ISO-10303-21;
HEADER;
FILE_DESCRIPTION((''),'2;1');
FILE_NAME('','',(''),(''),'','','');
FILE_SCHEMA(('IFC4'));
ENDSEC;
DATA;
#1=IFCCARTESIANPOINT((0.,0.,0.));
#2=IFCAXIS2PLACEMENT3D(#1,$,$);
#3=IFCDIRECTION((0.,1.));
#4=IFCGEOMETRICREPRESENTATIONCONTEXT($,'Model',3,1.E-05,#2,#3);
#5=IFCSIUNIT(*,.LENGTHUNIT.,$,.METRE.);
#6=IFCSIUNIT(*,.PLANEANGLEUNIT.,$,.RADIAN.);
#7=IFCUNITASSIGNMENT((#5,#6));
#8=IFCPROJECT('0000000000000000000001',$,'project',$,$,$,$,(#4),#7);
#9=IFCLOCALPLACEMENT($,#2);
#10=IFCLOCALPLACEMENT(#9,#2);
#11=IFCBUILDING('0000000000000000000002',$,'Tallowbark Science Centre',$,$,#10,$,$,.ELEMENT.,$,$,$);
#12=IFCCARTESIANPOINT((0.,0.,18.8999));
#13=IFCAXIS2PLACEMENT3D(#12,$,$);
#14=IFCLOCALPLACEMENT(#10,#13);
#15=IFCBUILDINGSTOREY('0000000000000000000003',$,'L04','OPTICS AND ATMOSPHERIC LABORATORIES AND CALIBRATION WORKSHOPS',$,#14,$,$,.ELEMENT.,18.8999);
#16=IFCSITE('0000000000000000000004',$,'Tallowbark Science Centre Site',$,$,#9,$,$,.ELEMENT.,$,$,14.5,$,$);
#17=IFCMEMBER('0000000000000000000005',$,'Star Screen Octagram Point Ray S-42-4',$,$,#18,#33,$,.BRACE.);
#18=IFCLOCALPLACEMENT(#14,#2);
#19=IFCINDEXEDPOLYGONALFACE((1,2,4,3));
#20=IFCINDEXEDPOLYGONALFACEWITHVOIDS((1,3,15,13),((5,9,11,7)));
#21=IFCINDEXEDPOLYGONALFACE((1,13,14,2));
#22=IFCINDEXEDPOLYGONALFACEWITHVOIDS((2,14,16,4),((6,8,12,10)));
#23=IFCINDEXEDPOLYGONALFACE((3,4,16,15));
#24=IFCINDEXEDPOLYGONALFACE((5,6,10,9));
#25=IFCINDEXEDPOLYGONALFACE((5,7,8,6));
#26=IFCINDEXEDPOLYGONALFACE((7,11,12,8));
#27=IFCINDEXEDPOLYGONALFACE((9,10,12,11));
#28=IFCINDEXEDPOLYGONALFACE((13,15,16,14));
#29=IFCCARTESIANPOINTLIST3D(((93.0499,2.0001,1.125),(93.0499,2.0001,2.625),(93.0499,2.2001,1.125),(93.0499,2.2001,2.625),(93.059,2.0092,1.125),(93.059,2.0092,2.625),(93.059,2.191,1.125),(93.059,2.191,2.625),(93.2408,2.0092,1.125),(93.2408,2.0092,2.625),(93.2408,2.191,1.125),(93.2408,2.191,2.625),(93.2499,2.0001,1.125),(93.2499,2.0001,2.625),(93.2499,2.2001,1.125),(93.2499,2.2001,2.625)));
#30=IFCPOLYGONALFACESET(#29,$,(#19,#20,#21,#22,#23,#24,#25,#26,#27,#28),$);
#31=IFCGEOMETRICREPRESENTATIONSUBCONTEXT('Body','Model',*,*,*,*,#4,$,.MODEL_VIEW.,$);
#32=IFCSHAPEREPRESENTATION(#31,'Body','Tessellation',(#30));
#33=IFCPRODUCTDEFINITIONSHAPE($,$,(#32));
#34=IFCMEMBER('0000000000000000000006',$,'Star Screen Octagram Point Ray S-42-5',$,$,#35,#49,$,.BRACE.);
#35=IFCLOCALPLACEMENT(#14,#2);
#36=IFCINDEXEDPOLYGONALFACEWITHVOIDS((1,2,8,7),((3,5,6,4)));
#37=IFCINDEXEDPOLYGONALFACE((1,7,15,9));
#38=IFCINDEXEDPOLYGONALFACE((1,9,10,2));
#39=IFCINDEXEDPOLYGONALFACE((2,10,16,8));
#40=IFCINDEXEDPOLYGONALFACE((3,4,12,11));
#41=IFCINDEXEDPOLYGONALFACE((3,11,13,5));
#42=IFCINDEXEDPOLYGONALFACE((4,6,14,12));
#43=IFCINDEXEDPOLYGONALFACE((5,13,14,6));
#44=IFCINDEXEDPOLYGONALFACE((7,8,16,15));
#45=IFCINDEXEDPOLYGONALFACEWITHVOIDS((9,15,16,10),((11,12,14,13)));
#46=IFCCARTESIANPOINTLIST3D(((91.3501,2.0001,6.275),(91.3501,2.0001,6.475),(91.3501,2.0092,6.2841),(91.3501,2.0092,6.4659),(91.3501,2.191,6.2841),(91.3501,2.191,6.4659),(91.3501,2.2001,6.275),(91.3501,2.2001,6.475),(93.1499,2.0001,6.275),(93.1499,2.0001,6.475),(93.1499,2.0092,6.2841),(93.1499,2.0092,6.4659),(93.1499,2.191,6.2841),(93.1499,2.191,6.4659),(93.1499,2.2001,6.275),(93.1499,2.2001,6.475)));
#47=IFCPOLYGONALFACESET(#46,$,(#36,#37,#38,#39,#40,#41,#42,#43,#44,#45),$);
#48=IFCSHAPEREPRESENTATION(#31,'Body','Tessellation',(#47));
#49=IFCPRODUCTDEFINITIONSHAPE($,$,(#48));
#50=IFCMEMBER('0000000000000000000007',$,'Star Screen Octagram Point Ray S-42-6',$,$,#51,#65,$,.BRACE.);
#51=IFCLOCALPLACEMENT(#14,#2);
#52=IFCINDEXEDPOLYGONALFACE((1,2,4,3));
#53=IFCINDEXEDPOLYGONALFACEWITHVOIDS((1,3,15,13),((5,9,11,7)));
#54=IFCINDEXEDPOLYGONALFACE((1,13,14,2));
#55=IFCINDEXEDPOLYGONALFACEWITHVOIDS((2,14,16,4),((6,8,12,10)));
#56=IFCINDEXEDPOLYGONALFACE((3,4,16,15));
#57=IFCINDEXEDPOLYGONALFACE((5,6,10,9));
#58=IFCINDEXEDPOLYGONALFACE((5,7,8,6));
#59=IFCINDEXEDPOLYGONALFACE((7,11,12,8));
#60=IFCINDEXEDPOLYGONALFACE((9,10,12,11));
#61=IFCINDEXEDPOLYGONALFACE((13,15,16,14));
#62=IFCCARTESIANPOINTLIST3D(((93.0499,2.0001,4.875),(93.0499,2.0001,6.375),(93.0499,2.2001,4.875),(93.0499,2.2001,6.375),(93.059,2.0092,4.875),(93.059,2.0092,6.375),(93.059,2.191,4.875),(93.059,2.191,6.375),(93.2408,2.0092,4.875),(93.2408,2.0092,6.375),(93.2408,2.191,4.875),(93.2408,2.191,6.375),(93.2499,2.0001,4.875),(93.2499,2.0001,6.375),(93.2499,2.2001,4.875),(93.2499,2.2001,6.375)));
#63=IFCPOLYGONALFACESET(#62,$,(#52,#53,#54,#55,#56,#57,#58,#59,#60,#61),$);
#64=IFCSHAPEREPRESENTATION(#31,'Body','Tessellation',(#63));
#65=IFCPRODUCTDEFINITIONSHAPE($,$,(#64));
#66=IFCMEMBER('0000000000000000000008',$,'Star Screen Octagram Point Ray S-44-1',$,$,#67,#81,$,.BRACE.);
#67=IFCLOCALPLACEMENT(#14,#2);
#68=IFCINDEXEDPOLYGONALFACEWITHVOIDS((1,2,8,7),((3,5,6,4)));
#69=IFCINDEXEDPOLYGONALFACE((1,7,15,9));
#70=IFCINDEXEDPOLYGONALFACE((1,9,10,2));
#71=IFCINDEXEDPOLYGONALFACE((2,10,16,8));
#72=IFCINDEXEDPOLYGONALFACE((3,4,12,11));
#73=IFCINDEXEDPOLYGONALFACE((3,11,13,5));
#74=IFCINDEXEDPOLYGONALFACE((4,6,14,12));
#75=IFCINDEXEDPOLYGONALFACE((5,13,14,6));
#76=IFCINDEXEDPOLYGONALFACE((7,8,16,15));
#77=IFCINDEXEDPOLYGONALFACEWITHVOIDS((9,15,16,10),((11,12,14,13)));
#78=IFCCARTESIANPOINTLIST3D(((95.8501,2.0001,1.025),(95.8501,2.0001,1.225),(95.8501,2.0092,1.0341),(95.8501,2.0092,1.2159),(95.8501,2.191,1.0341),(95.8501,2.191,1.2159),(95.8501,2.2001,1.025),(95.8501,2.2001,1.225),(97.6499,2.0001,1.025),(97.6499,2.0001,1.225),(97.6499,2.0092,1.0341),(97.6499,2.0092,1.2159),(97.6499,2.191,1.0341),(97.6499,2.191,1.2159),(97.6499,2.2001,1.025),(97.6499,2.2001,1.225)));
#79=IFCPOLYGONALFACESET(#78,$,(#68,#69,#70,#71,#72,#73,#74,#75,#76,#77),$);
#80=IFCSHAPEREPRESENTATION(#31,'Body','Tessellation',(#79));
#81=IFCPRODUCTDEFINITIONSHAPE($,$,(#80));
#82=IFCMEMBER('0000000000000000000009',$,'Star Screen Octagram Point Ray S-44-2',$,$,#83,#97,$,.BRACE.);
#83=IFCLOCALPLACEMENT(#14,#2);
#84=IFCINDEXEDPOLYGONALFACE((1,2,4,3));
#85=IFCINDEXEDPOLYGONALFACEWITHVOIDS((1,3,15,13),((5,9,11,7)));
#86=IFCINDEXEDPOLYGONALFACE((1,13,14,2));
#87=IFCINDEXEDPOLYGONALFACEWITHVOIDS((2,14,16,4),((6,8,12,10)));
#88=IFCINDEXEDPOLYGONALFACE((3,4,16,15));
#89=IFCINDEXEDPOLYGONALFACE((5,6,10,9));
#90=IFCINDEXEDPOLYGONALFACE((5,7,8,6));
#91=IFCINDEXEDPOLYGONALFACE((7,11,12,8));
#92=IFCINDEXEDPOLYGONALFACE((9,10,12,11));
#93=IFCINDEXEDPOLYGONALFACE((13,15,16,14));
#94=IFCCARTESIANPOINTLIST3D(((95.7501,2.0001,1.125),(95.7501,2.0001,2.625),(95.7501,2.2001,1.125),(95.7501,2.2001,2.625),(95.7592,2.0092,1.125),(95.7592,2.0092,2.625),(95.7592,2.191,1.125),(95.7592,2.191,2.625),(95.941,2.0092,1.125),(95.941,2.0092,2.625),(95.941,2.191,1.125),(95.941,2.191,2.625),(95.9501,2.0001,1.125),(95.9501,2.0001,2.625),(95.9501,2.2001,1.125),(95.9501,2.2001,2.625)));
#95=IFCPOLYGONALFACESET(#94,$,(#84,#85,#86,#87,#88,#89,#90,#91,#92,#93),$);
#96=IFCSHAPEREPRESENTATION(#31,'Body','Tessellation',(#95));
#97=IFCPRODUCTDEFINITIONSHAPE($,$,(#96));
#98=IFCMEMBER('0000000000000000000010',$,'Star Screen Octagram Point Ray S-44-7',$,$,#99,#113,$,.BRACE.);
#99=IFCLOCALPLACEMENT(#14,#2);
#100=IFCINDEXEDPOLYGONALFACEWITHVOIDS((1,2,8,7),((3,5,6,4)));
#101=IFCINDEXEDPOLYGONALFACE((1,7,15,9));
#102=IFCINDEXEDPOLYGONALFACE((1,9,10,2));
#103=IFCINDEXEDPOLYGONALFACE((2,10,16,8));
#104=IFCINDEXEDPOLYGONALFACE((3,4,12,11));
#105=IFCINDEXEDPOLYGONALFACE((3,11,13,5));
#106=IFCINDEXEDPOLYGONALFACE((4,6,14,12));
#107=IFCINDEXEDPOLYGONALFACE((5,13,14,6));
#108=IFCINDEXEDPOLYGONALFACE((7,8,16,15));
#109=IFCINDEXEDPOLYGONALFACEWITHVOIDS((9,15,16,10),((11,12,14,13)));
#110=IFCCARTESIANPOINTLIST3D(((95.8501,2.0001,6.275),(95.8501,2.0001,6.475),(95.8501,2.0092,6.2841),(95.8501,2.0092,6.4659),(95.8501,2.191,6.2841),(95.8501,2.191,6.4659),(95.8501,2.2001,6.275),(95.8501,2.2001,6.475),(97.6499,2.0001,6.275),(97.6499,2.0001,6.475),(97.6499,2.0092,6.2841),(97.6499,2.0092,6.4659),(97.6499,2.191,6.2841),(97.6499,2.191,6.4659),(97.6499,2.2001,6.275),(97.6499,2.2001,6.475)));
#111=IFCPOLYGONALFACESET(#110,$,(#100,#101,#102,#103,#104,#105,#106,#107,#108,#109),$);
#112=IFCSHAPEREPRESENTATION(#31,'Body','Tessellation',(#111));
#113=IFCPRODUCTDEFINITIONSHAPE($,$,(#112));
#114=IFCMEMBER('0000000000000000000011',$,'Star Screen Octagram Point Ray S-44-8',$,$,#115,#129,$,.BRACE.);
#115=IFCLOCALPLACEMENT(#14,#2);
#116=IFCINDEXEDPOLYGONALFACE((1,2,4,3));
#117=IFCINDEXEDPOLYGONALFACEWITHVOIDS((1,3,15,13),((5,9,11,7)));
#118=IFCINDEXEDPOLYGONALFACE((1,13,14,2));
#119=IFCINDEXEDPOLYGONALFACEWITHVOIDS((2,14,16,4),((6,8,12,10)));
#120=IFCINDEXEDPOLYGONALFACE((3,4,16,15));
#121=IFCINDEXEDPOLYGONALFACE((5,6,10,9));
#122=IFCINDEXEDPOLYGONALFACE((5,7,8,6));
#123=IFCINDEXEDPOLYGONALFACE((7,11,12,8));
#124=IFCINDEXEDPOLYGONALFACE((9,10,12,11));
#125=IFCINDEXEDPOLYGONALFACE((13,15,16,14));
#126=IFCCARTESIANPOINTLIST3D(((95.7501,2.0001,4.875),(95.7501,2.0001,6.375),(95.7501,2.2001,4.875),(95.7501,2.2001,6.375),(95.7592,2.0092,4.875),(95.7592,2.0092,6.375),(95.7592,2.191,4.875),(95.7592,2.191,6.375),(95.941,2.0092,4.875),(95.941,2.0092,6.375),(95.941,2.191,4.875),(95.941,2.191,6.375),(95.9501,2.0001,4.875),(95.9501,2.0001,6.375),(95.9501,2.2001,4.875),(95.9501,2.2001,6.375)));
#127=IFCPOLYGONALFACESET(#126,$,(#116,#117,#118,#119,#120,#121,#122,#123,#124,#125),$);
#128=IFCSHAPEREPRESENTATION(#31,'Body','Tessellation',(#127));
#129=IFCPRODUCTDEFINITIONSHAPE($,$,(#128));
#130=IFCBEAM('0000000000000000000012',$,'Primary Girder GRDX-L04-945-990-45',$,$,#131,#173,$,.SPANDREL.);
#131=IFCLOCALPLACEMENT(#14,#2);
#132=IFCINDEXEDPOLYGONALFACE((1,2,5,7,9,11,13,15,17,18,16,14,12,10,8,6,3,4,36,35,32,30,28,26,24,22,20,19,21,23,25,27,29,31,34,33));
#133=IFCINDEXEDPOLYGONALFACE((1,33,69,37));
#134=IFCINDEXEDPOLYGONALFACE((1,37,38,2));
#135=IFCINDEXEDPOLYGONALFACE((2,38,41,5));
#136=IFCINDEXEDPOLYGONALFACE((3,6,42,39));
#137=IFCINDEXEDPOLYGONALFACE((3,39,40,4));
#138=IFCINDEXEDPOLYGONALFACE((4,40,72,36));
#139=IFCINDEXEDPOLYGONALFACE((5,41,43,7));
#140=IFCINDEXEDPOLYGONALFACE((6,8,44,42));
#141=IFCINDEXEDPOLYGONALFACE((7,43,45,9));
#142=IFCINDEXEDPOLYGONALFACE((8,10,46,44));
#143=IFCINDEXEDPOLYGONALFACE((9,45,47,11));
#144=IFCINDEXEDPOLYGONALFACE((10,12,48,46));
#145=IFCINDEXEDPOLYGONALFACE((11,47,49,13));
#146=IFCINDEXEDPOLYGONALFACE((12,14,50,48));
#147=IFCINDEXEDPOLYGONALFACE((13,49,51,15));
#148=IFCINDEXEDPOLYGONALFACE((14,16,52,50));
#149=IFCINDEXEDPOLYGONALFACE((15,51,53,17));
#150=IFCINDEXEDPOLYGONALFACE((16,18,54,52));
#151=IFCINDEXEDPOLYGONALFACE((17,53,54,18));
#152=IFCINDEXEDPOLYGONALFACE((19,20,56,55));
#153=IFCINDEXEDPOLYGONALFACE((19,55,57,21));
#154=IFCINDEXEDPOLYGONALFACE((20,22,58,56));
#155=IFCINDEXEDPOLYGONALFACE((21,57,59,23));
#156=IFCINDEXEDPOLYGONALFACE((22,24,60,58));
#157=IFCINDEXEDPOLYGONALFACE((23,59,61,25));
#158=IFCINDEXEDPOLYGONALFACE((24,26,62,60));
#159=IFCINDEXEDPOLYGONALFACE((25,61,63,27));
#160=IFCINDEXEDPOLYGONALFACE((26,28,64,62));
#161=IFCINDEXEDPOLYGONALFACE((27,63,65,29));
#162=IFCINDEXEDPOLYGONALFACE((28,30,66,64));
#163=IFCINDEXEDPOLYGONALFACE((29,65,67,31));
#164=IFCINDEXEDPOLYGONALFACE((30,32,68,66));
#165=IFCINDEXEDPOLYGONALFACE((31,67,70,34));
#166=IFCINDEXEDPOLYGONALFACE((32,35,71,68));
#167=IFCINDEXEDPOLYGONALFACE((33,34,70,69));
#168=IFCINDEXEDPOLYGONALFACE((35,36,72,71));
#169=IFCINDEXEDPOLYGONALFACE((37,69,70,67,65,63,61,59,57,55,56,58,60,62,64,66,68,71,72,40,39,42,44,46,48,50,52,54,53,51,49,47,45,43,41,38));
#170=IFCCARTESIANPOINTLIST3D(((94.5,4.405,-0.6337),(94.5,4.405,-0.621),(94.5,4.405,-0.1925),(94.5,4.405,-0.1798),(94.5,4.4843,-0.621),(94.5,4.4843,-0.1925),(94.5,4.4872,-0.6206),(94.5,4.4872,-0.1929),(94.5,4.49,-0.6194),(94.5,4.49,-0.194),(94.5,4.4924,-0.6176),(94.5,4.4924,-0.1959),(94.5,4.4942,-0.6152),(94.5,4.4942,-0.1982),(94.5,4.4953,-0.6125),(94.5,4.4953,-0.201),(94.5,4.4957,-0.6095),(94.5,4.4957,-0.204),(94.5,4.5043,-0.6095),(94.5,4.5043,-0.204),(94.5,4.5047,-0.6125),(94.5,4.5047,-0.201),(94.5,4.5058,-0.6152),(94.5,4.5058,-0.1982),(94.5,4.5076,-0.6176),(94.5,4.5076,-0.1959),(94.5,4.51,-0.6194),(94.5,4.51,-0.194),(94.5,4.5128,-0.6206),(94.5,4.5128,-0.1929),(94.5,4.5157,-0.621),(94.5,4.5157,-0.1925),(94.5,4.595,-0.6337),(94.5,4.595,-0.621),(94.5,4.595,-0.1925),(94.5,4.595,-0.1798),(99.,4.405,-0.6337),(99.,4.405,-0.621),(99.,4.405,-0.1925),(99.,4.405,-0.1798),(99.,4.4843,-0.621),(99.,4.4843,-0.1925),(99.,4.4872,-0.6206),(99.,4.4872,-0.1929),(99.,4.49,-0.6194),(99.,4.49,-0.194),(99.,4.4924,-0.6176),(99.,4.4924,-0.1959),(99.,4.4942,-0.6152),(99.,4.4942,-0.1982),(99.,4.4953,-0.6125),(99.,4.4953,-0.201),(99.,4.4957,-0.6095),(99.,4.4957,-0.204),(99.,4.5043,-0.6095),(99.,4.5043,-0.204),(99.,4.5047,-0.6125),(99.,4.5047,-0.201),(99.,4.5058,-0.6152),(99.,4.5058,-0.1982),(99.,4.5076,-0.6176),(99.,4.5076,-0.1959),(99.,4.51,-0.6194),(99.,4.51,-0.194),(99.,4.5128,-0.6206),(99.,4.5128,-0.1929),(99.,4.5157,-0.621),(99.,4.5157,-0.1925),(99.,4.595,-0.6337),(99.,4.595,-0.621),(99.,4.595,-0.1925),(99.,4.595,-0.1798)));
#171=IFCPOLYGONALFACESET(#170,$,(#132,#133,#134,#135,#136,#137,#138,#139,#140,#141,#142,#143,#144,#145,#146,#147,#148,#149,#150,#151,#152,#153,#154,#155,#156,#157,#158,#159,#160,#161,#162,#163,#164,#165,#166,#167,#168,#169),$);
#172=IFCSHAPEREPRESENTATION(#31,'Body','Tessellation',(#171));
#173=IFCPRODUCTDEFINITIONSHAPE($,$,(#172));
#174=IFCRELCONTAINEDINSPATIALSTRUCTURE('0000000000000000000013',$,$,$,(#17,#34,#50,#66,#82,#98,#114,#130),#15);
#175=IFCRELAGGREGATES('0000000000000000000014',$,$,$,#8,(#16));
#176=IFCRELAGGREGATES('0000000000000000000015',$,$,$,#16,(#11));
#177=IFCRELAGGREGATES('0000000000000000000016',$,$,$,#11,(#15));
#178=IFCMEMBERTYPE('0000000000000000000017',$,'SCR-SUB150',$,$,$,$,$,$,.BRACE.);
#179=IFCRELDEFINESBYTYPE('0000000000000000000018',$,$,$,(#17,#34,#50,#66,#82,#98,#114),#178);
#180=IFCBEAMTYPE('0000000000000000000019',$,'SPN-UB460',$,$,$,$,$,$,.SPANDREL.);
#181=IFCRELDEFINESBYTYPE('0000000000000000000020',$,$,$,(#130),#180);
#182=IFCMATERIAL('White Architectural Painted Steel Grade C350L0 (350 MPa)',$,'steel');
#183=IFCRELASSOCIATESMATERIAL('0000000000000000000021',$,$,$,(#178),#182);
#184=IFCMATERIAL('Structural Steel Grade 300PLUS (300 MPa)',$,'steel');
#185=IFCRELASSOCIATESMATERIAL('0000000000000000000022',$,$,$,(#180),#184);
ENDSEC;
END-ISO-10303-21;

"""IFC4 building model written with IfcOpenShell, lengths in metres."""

from ifc_helpers import new_model, si_unit, direction, frame, origin, origin_2d, place, context, subcontext, project, spatial, hollow_rectangle, i_section, extrude, material, material_profile, profile_set, type_object, element, save


model = new_model("IFC4")

# Units and contexts
model_context = context("Model", 3, precision=1e-05, world=origin(), true_north=direction((0.0, 1.0)))
body_context = subcontext(model_context, "Body", "Model", "MODEL_VIEW")
ifc_project = project(units=[si_unit("LENGTHUNIT", "METRE"), si_unit("PLANEANGLEUNIT", "RADIAN")], contexts=[model_context])

# Site, building, storey
site_placement = place(None, origin())
site = spatial("IfcSite", under=ifc_project, at=site_placement, Name="Tallowbark Science Centre Site", CompositionType="ELEMENT", RefElevation=14.5)
building_placement = place(site_placement, origin())
building = spatial("IfcBuilding", under=site, at=building_placement, Name="Tallowbark Science Centre", CompositionType="ELEMENT")
storey_placement = place(building_placement, frame((0.0, 0.0, 18.8999)))
storey = spatial("IfcBuildingStorey", under=building, at=storey_placement, Name="L04", Description="OPTICS AND ATMOSPHERIC LABORATORIES AND CALIBRATION WORKSHOPS", CompositionType="ELEMENT", Elevation=18.8999)

# Shared definitions
ifc_material_1 = material(Name="White Architectural Painted Steel Grade C350L0 (350 MPa)", Category="steel")
ifc_material_2 = material(Name="Structural Steel Grade 300PLUS (300 MPa)", Category="steel")

# Members
ifc_material_profile_1 = material_profile(ifc_material_1, hollow_rectangle(XDim=0.2, YDim=0.2, WallThickness=0.009, at=origin_2d()), Name="200x200x9.0SHS")
ifc_profile_set_1 = profile_set([ifc_material_profile_1], Name="White Architectural Painted Steel Grade C350L0 (350 MPa)")
member_type_1 = type_object("IfcMemberType", Name="SCR-SUB150", PredefinedType="BRACE", material=ifc_profile_set_1)
member_1_placement = place(storey_placement, frame((93.1499, 2.1001, 1.125), z_axis=(0.0, 0.0, 1.0), x_axis=(1.0, 0.0, 0.0)))
element("IfcMember", 1, at=member_1_placement, inside=storey, type_object=member_type_1, Name="Star Screen Octagram Point Ray S-42-4", PredefinedType="BRACE", context=body_context, shape_type="SweptSolid", body=[
    extrude(hollow_rectangle(XDim=0.2, YDim=0.2, WallThickness=0.009, at=origin_2d()), origin(), (0.0, 0.0, 1.0), 1.5),
])
member_2_placement = place(storey_placement, frame((93.1499, 2.1001, 6.375), z_axis=(-1.0, 0.0, 0.0), x_axis=(0.0, -1.0, 0.0)))
element("IfcMember", 2, at=member_2_placement, inside=storey, type_object=member_type_1, Name="Star Screen Octagram Point Ray S-42-5", PredefinedType="BRACE", context=body_context, shape_type="SweptSolid", body=[
    extrude(hollow_rectangle(XDim=0.2, YDim=0.2, WallThickness=0.009, at=origin_2d()), origin(), (0.0, 0.0, 1.0), 1.7998),
])
member_3_placement = place(storey_placement, frame((93.1499, 2.1001, 6.375), z_axis=(0.0, 0.0, -1.0), x_axis=(1.0, 0.0, 0.0)))
element("IfcMember", 3, at=member_3_placement, inside=storey, type_object=member_type_1, Name="Star Screen Octagram Point Ray S-42-6", PredefinedType="BRACE", context=body_context, shape_type="SweptSolid", body=[
    extrude(hollow_rectangle(XDim=0.2, YDim=0.2, WallThickness=0.009, at=origin_2d()), origin(), (0.0, 0.0, 1.0), 1.5),
])
member_4_placement = place(storey_placement, frame((95.8501, 2.1001, 1.125), z_axis=(1.0, 0.0, 0.0), x_axis=(0.0, 1.0, 0.0)))
element("IfcMember", 4, at=member_4_placement, inside=storey, type_object=member_type_1, Name="Star Screen Octagram Point Ray S-44-1", PredefinedType="BRACE", context=body_context, shape_type="SweptSolid", body=[
    extrude(hollow_rectangle(XDim=0.2, YDim=0.2, WallThickness=0.009, at=origin_2d()), origin(), (0.0, 0.0, 1.0), 1.7998),
])
member_5_placement = place(storey_placement, frame((95.8501, 2.1001, 1.125), z_axis=(0.0, 0.0, 1.0), x_axis=(1.0, 0.0, 0.0)))
element("IfcMember", 5, at=member_5_placement, inside=storey, type_object=member_type_1, Name="Star Screen Octagram Point Ray S-44-2", PredefinedType="BRACE", context=body_context, shape_type="SweptSolid", body=[
    extrude(hollow_rectangle(XDim=0.2, YDim=0.2, WallThickness=0.009, at=origin_2d()), origin(), (0.0, 0.0, 1.0), 1.5),
])
member_6_placement = place(storey_placement, frame((95.8501, 2.1001, 6.375), z_axis=(1.0, 0.0, 0.0), x_axis=(0.0, 1.0, 0.0)))
element("IfcMember", 6, at=member_6_placement, inside=storey, type_object=member_type_1, Name="Star Screen Octagram Point Ray S-44-7", PredefinedType="BRACE", context=body_context, shape_type="SweptSolid", body=[
    extrude(hollow_rectangle(XDim=0.2, YDim=0.2, WallThickness=0.009, at=origin_2d()), origin(), (0.0, 0.0, 1.0), 1.7998),
])
member_7_placement = place(storey_placement, frame((95.8501, 2.1001, 6.375), z_axis=(0.0, 0.0, -1.0), x_axis=(1.0, 0.0, 0.0)))
element("IfcMember", 7, at=member_7_placement, inside=storey, type_object=member_type_1, Name="Star Screen Octagram Point Ray S-44-8", PredefinedType="BRACE", context=body_context, shape_type="SweptSolid", body=[
    extrude(hollow_rectangle(XDim=0.2, YDim=0.2, WallThickness=0.009, at=origin_2d()), origin(), (0.0, 0.0, 1.0), 1.5),
])

# Beam
ifc_material_profile_2 = material_profile(ifc_material_2, i_section(OverallWidth=0.1899, OverallDepth=0.4539, WebThickness=0.0085, FlangeThickness=0.0127, FilletRadius=0.0115, at=origin_2d()), Name="460UB67.1")
ifc_profile_set_2 = profile_set([ifc_material_profile_2], Name="Structural Steel Grade 300PLUS (300 MPa)")
beam_type_1 = type_object("IfcBeamType", Name="SPN-UB460", PredefinedType="SPANDREL", material=ifc_profile_set_2)
for number, where, z_axis, x_axis, name in (
    (8, (94.5, 4.5, -0.4067), (1.0, 0.0, 0.0), (0.0, 1.0, 0.0), "Primary Girder GRDX-L04-945-990-45"),
):
    element("IfcBeam", number, at=place(storey_placement, frame(where, z_axis=z_axis, x_axis=x_axis)), inside=storey, type_object=beam_type_1, Name=name, PredefinedType="SPANDREL", context=body_context, shape_type="SweptSolid", body=[
        extrude(i_section(OverallWidth=0.1899, OverallDepth=0.4539, WebThickness=0.0085, FlangeThickness=0.0127, FilletRadius=0.0115, at=origin_2d()), origin(), (0.0, 0.0, 1.0), 4.5),
    ])

save(model, "model.ifc")
